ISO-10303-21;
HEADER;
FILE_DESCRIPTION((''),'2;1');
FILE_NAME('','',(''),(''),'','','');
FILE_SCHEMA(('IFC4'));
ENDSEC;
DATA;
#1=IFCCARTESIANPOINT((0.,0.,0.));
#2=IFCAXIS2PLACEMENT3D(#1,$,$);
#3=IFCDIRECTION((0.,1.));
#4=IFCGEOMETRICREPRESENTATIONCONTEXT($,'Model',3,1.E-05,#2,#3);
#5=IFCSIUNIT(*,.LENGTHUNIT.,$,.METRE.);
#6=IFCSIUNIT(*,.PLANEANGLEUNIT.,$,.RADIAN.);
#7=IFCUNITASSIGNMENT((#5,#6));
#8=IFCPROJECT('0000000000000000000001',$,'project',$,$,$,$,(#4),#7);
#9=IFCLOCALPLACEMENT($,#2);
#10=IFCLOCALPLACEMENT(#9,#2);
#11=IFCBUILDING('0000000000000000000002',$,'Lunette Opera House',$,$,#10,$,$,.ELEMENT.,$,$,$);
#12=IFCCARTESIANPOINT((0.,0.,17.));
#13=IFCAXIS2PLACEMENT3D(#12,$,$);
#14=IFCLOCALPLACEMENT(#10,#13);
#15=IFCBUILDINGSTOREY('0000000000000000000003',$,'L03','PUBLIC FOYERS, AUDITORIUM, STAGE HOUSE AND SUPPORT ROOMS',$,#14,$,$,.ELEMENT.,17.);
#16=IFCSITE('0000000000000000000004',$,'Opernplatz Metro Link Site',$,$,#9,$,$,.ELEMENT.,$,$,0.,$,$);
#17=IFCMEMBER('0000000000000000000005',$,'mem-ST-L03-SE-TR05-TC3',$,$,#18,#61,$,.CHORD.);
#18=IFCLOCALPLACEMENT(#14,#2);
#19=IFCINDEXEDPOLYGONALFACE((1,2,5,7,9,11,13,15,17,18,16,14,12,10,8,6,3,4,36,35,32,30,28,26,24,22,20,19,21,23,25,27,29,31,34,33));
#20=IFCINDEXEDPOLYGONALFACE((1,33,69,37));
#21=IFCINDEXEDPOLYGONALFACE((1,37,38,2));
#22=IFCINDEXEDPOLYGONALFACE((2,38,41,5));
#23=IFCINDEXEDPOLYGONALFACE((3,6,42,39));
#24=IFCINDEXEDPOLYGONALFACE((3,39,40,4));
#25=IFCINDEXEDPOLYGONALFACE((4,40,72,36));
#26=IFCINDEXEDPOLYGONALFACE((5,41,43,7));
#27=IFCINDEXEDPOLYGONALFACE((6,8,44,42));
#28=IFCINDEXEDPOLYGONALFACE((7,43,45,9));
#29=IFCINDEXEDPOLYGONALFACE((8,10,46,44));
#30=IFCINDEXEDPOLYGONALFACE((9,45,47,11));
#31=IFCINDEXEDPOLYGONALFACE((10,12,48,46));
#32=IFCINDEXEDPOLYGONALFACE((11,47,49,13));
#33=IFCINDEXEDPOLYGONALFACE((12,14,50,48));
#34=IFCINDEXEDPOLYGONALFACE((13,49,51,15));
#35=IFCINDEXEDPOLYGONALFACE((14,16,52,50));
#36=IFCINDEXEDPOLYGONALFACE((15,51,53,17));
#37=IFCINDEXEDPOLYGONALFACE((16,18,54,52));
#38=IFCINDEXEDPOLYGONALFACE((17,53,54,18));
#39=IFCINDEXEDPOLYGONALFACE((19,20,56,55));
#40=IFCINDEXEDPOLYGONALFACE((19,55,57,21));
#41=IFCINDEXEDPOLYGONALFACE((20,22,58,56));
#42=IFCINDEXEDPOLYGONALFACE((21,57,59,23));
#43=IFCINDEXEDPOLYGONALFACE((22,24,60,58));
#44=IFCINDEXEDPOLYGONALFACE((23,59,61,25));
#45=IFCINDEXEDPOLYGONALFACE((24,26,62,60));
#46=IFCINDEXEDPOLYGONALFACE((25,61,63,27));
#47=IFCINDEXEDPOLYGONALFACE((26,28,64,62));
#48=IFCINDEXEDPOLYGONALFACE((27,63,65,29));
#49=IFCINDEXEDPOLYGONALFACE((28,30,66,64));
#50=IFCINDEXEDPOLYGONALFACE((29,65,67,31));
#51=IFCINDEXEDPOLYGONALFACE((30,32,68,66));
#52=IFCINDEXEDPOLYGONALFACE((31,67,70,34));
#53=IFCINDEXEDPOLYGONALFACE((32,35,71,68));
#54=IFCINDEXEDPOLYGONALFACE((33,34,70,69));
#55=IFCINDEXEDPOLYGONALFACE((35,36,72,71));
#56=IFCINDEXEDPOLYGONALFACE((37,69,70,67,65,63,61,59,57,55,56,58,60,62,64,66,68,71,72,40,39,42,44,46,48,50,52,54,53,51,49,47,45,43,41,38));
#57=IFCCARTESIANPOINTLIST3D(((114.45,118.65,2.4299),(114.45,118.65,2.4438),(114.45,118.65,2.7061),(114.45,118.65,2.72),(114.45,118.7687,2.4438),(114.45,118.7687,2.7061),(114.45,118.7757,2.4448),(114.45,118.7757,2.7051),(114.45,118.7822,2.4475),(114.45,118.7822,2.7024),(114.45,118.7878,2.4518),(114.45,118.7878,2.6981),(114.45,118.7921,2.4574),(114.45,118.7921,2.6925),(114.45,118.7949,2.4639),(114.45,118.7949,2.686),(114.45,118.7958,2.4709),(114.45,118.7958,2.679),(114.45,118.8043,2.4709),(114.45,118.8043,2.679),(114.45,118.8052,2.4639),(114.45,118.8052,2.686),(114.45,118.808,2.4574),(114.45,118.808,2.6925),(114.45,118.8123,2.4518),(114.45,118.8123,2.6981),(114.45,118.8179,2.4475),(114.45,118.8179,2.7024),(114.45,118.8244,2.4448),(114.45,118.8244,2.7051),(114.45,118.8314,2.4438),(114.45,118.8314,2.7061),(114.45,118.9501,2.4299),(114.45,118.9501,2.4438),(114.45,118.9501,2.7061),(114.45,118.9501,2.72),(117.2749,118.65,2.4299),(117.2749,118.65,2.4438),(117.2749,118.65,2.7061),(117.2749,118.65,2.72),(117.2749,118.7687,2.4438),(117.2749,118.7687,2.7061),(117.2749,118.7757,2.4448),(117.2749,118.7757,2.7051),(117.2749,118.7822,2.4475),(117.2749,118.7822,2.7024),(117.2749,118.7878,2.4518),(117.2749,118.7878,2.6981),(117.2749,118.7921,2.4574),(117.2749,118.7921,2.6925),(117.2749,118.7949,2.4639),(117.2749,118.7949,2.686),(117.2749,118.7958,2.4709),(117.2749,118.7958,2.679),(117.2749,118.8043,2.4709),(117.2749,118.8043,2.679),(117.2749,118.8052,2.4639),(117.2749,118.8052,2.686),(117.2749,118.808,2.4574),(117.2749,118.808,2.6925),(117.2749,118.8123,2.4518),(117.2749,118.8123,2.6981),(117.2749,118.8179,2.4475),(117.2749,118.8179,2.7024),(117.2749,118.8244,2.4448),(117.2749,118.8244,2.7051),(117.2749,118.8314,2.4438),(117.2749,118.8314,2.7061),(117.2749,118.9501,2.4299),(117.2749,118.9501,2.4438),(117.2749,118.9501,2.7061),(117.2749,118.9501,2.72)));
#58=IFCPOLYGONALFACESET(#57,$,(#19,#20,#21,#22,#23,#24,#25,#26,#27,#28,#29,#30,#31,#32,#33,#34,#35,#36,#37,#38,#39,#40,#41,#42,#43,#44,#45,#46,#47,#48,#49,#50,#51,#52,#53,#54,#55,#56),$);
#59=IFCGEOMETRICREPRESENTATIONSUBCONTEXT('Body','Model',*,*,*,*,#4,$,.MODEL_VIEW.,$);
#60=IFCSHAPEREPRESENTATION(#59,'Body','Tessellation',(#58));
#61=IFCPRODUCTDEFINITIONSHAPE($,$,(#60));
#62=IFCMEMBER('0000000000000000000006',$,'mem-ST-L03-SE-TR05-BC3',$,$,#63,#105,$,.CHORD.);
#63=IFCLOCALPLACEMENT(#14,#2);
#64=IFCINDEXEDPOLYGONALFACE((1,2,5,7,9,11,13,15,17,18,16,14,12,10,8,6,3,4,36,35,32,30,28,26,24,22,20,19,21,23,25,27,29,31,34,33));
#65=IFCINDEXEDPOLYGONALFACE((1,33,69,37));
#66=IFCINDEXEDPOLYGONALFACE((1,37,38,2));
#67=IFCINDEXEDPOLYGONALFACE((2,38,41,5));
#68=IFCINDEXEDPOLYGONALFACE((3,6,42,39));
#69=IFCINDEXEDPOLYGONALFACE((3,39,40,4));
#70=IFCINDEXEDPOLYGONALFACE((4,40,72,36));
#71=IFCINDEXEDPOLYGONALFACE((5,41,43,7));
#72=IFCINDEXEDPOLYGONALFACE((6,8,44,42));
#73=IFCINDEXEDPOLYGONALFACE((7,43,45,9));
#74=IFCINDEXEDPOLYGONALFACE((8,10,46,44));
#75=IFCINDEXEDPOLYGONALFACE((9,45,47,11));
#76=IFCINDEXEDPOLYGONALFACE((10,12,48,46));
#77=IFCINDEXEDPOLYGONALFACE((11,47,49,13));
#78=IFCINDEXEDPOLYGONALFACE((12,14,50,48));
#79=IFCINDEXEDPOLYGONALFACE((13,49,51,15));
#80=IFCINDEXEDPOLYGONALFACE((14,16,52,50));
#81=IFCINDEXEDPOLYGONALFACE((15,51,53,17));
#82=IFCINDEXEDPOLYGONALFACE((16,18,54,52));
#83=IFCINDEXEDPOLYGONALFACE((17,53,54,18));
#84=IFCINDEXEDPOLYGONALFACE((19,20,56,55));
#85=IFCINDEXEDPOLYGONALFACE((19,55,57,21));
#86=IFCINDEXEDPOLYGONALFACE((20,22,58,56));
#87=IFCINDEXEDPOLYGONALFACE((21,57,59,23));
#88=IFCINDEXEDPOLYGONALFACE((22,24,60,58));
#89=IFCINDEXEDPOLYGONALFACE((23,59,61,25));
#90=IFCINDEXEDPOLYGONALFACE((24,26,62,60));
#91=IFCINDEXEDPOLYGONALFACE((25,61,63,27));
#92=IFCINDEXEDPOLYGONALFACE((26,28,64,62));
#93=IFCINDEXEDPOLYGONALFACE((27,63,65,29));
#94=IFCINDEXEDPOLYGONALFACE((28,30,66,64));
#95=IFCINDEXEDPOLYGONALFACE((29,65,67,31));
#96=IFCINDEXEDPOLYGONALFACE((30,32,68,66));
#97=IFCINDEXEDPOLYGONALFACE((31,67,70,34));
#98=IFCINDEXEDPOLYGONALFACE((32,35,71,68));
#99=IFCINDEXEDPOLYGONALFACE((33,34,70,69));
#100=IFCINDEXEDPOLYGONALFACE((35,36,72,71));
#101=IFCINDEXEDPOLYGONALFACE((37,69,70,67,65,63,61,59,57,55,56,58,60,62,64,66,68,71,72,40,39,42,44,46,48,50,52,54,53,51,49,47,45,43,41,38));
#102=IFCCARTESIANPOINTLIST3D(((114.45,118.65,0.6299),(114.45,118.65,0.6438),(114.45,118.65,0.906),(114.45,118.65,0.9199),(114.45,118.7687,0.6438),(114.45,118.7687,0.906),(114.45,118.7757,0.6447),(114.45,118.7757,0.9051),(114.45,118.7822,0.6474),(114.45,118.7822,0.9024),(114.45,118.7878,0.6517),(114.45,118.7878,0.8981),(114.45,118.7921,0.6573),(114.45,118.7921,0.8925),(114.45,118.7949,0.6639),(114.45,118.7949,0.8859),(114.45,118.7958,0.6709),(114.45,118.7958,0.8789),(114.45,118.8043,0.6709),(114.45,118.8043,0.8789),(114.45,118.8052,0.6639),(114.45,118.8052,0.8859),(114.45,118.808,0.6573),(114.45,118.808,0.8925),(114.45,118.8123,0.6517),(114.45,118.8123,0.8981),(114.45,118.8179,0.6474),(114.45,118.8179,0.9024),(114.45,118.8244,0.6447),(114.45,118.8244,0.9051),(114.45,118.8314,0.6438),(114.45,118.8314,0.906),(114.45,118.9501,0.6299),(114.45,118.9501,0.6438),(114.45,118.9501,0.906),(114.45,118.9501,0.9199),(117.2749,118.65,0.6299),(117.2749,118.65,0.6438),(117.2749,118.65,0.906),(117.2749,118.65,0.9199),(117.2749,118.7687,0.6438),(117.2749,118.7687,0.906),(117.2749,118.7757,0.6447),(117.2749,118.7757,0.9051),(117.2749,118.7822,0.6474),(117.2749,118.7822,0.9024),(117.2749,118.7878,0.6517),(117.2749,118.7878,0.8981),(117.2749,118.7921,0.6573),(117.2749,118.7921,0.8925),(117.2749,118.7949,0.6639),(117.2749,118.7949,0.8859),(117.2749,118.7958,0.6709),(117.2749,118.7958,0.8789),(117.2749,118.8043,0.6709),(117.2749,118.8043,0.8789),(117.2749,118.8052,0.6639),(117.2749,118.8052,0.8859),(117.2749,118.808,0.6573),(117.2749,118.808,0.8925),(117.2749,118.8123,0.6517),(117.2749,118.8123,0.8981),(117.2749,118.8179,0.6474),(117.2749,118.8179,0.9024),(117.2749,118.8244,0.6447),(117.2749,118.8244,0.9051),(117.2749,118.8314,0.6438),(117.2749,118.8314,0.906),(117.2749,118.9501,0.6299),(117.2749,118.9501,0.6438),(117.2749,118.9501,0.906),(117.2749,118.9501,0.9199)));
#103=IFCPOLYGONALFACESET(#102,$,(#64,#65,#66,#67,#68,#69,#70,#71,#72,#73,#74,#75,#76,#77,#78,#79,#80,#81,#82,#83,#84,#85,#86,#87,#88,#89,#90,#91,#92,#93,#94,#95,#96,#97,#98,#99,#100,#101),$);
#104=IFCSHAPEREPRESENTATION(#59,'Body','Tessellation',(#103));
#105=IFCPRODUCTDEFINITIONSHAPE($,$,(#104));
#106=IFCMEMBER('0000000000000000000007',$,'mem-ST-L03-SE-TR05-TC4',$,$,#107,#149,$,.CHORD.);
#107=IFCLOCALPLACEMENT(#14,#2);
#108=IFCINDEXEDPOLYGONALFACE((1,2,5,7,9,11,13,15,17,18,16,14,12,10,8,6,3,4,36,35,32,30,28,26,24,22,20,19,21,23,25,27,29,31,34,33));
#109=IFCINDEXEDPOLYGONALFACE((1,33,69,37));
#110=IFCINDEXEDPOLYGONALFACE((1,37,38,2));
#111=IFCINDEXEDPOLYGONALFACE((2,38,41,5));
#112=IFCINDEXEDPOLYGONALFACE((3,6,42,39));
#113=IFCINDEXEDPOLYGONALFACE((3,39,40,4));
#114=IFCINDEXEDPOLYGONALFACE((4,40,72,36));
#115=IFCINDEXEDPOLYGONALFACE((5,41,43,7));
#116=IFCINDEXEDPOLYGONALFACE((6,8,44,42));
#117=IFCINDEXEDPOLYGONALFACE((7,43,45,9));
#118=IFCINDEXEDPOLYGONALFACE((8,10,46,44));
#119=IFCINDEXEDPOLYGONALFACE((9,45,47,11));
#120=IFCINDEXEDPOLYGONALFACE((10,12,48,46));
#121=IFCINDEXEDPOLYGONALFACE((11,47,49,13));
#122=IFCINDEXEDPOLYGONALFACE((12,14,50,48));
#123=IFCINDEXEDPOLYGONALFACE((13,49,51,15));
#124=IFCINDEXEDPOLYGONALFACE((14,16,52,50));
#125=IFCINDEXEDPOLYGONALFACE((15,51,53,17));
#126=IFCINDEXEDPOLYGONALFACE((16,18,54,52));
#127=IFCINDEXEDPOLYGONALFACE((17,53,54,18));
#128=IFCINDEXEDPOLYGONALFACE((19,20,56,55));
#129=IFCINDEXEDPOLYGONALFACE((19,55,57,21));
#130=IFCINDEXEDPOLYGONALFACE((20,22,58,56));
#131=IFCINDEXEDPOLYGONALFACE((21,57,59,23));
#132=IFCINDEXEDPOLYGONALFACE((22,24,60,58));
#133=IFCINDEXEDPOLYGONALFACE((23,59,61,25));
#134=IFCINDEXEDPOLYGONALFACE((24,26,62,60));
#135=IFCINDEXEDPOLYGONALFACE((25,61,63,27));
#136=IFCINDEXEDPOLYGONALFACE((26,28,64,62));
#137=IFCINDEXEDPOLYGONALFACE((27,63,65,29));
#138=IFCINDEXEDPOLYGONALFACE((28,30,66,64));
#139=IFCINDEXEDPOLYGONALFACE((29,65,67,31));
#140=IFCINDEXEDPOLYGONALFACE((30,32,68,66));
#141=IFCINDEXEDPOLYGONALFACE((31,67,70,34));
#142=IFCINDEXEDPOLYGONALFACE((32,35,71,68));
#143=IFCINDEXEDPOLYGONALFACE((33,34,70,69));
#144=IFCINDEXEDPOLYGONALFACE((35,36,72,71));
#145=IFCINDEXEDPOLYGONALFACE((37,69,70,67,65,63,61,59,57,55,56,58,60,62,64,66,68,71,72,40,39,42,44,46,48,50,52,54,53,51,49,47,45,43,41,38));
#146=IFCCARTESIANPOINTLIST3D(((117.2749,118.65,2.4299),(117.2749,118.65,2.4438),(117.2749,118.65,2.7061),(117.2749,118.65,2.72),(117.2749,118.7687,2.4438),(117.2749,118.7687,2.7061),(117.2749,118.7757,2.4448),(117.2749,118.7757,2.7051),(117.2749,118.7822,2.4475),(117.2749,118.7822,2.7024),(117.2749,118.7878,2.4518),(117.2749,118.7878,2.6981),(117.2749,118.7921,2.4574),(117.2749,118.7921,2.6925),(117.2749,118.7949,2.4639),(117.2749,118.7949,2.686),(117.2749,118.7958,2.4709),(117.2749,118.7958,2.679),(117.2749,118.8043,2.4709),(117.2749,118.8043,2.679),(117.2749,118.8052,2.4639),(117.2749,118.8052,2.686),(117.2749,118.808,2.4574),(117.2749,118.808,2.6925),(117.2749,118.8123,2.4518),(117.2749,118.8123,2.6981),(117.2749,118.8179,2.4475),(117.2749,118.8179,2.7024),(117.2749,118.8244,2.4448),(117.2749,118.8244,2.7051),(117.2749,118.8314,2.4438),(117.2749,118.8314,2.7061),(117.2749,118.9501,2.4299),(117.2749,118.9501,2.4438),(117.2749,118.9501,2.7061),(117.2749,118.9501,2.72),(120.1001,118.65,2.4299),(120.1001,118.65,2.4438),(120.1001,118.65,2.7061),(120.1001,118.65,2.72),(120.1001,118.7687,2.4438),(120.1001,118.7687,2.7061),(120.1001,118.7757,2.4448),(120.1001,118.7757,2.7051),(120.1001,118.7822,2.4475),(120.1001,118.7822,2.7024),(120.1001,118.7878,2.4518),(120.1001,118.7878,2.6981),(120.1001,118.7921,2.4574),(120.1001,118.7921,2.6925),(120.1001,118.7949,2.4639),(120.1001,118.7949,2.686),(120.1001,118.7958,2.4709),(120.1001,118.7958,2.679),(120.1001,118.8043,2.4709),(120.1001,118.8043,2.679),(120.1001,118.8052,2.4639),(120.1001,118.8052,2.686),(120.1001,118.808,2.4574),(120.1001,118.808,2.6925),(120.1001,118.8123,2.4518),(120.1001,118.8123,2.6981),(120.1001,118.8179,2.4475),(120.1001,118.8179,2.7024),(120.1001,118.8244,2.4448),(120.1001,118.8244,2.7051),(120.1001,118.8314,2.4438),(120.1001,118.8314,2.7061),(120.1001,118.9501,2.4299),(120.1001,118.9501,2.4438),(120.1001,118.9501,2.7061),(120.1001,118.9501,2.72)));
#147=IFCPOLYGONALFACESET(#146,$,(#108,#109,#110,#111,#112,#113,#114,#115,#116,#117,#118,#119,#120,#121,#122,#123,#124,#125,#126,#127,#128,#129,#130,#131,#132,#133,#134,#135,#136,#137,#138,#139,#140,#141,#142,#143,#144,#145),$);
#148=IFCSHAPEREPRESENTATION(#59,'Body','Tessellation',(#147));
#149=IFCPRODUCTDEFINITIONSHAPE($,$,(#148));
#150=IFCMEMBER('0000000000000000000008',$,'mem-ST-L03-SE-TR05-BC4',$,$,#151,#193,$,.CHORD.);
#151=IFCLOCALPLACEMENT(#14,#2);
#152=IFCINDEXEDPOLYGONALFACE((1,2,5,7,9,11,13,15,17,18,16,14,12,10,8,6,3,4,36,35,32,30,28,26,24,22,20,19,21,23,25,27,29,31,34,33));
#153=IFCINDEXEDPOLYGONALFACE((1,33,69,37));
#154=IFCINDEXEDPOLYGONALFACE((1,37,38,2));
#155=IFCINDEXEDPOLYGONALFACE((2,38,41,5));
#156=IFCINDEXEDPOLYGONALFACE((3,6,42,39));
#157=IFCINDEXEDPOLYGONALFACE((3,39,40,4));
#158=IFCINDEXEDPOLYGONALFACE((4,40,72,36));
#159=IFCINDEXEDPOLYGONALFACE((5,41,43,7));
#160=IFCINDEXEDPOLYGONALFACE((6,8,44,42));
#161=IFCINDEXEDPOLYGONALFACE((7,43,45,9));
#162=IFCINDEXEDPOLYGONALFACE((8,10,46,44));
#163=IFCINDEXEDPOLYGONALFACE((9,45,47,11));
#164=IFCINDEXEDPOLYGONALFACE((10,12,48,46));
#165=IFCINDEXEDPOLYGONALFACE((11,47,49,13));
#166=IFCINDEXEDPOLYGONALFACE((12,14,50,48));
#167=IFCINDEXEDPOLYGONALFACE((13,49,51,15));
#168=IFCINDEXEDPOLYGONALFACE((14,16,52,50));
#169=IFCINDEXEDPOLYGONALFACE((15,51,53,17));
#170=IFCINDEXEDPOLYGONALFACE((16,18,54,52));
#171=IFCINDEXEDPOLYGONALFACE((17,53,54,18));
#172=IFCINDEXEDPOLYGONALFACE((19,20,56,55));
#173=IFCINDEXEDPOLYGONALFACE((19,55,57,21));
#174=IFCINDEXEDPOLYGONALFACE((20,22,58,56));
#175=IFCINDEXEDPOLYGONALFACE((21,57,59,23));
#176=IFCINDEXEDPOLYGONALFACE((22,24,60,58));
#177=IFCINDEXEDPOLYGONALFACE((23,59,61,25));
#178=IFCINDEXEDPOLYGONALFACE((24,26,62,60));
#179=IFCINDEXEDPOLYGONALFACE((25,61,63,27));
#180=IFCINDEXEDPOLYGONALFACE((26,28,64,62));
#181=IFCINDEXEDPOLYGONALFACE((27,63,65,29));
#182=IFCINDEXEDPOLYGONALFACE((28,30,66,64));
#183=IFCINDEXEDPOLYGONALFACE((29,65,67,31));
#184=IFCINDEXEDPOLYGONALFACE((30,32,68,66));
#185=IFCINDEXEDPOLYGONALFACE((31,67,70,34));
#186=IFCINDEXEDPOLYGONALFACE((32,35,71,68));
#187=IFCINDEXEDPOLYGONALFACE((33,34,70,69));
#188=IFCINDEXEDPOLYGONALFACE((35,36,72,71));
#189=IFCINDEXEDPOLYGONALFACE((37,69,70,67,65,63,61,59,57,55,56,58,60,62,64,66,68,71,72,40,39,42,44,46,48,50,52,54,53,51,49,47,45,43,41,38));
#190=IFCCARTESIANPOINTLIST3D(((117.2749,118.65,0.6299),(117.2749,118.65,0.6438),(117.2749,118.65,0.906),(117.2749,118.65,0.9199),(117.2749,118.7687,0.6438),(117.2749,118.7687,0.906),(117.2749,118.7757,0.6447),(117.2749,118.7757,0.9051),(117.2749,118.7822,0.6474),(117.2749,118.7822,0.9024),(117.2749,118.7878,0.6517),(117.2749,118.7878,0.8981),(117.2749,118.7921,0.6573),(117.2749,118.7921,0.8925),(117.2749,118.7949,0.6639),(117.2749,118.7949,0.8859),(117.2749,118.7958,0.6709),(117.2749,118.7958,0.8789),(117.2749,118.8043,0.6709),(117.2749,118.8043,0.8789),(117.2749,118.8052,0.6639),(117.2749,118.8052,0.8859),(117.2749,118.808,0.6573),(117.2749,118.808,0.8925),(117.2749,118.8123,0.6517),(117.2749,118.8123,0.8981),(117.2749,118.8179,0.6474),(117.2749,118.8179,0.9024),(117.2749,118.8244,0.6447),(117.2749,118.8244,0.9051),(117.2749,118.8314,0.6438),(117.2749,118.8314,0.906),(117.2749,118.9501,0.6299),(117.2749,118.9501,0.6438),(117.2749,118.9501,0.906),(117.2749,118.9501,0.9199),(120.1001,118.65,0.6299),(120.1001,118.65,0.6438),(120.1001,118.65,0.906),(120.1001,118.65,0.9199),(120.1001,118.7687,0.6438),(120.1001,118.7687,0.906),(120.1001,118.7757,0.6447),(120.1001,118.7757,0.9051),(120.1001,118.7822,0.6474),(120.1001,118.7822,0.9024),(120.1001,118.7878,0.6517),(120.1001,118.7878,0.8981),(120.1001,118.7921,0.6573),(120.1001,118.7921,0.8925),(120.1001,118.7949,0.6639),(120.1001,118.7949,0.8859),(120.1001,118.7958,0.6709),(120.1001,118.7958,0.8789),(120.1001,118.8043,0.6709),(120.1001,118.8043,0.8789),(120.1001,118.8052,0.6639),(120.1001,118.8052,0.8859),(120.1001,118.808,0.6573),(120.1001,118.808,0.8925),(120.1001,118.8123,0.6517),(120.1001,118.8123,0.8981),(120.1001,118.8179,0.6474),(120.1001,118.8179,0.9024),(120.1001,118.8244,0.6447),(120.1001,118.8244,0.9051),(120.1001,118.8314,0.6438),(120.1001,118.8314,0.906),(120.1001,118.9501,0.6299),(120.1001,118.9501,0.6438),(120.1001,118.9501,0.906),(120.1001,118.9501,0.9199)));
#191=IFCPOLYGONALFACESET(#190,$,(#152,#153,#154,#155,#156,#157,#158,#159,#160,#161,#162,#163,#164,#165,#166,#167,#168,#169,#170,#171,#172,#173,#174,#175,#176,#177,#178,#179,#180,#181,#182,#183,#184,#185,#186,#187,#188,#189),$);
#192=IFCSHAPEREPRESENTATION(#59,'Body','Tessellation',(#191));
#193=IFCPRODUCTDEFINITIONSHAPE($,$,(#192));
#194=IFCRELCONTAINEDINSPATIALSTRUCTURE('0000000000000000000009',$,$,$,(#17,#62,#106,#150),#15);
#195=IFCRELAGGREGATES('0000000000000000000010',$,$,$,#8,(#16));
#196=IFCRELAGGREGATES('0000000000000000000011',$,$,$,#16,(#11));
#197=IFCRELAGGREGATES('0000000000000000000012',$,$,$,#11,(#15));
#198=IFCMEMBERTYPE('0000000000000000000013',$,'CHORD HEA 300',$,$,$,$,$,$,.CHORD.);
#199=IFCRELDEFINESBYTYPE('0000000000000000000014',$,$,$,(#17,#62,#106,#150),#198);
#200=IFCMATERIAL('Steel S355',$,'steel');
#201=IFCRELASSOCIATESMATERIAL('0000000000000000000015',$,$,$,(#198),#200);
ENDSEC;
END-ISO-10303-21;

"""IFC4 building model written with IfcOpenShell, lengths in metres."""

from ifc_helpers import new_model, si_unit, direction, frame, origin, origin_2d, place, context, subcontext, project, spatial, i_section, extrude, material, material_profile, profile_set, type_object, element, save


model = new_model("IFC4")

# Units and contexts
model_context = context("Model", 3, precision=1e-05, world=origin(), true_north=direction((0.0, 1.0)))
body_context = subcontext(model_context, "Body", "Model", "MODEL_VIEW")
ifc_project = project(units=[si_unit("LENGTHUNIT", "METRE"), si_unit("PLANEANGLEUNIT", "RADIAN")], contexts=[model_context])

# Site, building, storey
site_placement = place(None, origin())
site = spatial("IfcSite", under=ifc_project, at=site_placement, Name="Opernplatz Metro Link Site", CompositionType="ELEMENT", RefElevation=0.0)
building_placement = place(site_placement, origin())
building = spatial("IfcBuilding", under=site, at=building_placement, Name="Lunette Opera House", CompositionType="ELEMENT")
storey_placement = place(building_placement, frame((0.0, 0.0, 17.0)))
storey = spatial("IfcBuildingStorey", under=building, at=storey_placement, Name="L03", Description="PUBLIC FOYERS, AUDITORIUM, STAGE HOUSE AND SUPPORT ROOMS", CompositionType="ELEMENT", Elevation=17.0)

# Members
ifc_material_1 = material(Name="Steel S355", Category="steel")
ifc_material_profile_1 = material_profile(ifc_material_1, i_section(OverallWidth=0.3, OverallDepth=0.29, WebThickness=0.0085, FlangeThickness=0.0139, FilletRadius=0.0271, at=origin_2d()), Name="HEA 300")
ifc_profile_set_1 = profile_set([ifc_material_profile_1], Name="Steel S355")
member_type_1 = type_object("IfcMemberType", Name="CHORD HEA 300", PredefinedType="CHORD", material=ifc_profile_set_1)
for number, where, z_axis, x_axis, name in (
    (1, (114.45, 118.8, 2.575), (1.0, 0.0, 0.0), (0.0, 1.0, 0.0), "mem-ST-L03-SE-TR05-TC3"),
    (2, (114.45, 118.8, 0.7749), (1.0, 0.0, 0.0), (0.0, 1.0, 0.0), "mem-ST-L03-SE-TR05-BC3"),
):
    element("IfcMember", number, at=place(storey_placement, frame(where, z_axis=z_axis, x_axis=x_axis)), inside=storey, type_object=member_type_1, Name=name, PredefinedType="CHORD", context=body_context, shape_type="SweptSolid", body=[
        extrude(i_section(OverallWidth=0.3, OverallDepth=0.29, WebThickness=0.0085, FlangeThickness=0.0139, FilletRadius=0.0271, at=origin_2d()), origin(), (0.0, 0.0, 1.0), 2.825),
    ])
for number, where, z_axis, x_axis, name in (
    (3, (117.2749, 118.8, 2.575), (1.0, 0.0, 0.0), (0.0, 1.0, 0.0), "mem-ST-L03-SE-TR05-TC4"),
    (4, (117.2749, 118.8, 0.7749), (1.0, 0.0, 0.0), (0.0, 1.0, 0.0), "mem-ST-L03-SE-TR05-BC4"),
):
    element("IfcMember", number, at=place(storey_placement, frame(where, z_axis=z_axis, x_axis=x_axis)), inside=storey, type_object=member_type_1, Name=name, PredefinedType="CHORD", context=body_context, shape_type="SweptSolid", body=[
        extrude(i_section(OverallWidth=0.3, OverallDepth=0.29, WebThickness=0.0085, FlangeThickness=0.0139, FilletRadius=0.0271, at=origin_2d()), origin(), (0.0, 0.0, 1.0), 2.8252),
    ])

save(model, "model.ifc")
